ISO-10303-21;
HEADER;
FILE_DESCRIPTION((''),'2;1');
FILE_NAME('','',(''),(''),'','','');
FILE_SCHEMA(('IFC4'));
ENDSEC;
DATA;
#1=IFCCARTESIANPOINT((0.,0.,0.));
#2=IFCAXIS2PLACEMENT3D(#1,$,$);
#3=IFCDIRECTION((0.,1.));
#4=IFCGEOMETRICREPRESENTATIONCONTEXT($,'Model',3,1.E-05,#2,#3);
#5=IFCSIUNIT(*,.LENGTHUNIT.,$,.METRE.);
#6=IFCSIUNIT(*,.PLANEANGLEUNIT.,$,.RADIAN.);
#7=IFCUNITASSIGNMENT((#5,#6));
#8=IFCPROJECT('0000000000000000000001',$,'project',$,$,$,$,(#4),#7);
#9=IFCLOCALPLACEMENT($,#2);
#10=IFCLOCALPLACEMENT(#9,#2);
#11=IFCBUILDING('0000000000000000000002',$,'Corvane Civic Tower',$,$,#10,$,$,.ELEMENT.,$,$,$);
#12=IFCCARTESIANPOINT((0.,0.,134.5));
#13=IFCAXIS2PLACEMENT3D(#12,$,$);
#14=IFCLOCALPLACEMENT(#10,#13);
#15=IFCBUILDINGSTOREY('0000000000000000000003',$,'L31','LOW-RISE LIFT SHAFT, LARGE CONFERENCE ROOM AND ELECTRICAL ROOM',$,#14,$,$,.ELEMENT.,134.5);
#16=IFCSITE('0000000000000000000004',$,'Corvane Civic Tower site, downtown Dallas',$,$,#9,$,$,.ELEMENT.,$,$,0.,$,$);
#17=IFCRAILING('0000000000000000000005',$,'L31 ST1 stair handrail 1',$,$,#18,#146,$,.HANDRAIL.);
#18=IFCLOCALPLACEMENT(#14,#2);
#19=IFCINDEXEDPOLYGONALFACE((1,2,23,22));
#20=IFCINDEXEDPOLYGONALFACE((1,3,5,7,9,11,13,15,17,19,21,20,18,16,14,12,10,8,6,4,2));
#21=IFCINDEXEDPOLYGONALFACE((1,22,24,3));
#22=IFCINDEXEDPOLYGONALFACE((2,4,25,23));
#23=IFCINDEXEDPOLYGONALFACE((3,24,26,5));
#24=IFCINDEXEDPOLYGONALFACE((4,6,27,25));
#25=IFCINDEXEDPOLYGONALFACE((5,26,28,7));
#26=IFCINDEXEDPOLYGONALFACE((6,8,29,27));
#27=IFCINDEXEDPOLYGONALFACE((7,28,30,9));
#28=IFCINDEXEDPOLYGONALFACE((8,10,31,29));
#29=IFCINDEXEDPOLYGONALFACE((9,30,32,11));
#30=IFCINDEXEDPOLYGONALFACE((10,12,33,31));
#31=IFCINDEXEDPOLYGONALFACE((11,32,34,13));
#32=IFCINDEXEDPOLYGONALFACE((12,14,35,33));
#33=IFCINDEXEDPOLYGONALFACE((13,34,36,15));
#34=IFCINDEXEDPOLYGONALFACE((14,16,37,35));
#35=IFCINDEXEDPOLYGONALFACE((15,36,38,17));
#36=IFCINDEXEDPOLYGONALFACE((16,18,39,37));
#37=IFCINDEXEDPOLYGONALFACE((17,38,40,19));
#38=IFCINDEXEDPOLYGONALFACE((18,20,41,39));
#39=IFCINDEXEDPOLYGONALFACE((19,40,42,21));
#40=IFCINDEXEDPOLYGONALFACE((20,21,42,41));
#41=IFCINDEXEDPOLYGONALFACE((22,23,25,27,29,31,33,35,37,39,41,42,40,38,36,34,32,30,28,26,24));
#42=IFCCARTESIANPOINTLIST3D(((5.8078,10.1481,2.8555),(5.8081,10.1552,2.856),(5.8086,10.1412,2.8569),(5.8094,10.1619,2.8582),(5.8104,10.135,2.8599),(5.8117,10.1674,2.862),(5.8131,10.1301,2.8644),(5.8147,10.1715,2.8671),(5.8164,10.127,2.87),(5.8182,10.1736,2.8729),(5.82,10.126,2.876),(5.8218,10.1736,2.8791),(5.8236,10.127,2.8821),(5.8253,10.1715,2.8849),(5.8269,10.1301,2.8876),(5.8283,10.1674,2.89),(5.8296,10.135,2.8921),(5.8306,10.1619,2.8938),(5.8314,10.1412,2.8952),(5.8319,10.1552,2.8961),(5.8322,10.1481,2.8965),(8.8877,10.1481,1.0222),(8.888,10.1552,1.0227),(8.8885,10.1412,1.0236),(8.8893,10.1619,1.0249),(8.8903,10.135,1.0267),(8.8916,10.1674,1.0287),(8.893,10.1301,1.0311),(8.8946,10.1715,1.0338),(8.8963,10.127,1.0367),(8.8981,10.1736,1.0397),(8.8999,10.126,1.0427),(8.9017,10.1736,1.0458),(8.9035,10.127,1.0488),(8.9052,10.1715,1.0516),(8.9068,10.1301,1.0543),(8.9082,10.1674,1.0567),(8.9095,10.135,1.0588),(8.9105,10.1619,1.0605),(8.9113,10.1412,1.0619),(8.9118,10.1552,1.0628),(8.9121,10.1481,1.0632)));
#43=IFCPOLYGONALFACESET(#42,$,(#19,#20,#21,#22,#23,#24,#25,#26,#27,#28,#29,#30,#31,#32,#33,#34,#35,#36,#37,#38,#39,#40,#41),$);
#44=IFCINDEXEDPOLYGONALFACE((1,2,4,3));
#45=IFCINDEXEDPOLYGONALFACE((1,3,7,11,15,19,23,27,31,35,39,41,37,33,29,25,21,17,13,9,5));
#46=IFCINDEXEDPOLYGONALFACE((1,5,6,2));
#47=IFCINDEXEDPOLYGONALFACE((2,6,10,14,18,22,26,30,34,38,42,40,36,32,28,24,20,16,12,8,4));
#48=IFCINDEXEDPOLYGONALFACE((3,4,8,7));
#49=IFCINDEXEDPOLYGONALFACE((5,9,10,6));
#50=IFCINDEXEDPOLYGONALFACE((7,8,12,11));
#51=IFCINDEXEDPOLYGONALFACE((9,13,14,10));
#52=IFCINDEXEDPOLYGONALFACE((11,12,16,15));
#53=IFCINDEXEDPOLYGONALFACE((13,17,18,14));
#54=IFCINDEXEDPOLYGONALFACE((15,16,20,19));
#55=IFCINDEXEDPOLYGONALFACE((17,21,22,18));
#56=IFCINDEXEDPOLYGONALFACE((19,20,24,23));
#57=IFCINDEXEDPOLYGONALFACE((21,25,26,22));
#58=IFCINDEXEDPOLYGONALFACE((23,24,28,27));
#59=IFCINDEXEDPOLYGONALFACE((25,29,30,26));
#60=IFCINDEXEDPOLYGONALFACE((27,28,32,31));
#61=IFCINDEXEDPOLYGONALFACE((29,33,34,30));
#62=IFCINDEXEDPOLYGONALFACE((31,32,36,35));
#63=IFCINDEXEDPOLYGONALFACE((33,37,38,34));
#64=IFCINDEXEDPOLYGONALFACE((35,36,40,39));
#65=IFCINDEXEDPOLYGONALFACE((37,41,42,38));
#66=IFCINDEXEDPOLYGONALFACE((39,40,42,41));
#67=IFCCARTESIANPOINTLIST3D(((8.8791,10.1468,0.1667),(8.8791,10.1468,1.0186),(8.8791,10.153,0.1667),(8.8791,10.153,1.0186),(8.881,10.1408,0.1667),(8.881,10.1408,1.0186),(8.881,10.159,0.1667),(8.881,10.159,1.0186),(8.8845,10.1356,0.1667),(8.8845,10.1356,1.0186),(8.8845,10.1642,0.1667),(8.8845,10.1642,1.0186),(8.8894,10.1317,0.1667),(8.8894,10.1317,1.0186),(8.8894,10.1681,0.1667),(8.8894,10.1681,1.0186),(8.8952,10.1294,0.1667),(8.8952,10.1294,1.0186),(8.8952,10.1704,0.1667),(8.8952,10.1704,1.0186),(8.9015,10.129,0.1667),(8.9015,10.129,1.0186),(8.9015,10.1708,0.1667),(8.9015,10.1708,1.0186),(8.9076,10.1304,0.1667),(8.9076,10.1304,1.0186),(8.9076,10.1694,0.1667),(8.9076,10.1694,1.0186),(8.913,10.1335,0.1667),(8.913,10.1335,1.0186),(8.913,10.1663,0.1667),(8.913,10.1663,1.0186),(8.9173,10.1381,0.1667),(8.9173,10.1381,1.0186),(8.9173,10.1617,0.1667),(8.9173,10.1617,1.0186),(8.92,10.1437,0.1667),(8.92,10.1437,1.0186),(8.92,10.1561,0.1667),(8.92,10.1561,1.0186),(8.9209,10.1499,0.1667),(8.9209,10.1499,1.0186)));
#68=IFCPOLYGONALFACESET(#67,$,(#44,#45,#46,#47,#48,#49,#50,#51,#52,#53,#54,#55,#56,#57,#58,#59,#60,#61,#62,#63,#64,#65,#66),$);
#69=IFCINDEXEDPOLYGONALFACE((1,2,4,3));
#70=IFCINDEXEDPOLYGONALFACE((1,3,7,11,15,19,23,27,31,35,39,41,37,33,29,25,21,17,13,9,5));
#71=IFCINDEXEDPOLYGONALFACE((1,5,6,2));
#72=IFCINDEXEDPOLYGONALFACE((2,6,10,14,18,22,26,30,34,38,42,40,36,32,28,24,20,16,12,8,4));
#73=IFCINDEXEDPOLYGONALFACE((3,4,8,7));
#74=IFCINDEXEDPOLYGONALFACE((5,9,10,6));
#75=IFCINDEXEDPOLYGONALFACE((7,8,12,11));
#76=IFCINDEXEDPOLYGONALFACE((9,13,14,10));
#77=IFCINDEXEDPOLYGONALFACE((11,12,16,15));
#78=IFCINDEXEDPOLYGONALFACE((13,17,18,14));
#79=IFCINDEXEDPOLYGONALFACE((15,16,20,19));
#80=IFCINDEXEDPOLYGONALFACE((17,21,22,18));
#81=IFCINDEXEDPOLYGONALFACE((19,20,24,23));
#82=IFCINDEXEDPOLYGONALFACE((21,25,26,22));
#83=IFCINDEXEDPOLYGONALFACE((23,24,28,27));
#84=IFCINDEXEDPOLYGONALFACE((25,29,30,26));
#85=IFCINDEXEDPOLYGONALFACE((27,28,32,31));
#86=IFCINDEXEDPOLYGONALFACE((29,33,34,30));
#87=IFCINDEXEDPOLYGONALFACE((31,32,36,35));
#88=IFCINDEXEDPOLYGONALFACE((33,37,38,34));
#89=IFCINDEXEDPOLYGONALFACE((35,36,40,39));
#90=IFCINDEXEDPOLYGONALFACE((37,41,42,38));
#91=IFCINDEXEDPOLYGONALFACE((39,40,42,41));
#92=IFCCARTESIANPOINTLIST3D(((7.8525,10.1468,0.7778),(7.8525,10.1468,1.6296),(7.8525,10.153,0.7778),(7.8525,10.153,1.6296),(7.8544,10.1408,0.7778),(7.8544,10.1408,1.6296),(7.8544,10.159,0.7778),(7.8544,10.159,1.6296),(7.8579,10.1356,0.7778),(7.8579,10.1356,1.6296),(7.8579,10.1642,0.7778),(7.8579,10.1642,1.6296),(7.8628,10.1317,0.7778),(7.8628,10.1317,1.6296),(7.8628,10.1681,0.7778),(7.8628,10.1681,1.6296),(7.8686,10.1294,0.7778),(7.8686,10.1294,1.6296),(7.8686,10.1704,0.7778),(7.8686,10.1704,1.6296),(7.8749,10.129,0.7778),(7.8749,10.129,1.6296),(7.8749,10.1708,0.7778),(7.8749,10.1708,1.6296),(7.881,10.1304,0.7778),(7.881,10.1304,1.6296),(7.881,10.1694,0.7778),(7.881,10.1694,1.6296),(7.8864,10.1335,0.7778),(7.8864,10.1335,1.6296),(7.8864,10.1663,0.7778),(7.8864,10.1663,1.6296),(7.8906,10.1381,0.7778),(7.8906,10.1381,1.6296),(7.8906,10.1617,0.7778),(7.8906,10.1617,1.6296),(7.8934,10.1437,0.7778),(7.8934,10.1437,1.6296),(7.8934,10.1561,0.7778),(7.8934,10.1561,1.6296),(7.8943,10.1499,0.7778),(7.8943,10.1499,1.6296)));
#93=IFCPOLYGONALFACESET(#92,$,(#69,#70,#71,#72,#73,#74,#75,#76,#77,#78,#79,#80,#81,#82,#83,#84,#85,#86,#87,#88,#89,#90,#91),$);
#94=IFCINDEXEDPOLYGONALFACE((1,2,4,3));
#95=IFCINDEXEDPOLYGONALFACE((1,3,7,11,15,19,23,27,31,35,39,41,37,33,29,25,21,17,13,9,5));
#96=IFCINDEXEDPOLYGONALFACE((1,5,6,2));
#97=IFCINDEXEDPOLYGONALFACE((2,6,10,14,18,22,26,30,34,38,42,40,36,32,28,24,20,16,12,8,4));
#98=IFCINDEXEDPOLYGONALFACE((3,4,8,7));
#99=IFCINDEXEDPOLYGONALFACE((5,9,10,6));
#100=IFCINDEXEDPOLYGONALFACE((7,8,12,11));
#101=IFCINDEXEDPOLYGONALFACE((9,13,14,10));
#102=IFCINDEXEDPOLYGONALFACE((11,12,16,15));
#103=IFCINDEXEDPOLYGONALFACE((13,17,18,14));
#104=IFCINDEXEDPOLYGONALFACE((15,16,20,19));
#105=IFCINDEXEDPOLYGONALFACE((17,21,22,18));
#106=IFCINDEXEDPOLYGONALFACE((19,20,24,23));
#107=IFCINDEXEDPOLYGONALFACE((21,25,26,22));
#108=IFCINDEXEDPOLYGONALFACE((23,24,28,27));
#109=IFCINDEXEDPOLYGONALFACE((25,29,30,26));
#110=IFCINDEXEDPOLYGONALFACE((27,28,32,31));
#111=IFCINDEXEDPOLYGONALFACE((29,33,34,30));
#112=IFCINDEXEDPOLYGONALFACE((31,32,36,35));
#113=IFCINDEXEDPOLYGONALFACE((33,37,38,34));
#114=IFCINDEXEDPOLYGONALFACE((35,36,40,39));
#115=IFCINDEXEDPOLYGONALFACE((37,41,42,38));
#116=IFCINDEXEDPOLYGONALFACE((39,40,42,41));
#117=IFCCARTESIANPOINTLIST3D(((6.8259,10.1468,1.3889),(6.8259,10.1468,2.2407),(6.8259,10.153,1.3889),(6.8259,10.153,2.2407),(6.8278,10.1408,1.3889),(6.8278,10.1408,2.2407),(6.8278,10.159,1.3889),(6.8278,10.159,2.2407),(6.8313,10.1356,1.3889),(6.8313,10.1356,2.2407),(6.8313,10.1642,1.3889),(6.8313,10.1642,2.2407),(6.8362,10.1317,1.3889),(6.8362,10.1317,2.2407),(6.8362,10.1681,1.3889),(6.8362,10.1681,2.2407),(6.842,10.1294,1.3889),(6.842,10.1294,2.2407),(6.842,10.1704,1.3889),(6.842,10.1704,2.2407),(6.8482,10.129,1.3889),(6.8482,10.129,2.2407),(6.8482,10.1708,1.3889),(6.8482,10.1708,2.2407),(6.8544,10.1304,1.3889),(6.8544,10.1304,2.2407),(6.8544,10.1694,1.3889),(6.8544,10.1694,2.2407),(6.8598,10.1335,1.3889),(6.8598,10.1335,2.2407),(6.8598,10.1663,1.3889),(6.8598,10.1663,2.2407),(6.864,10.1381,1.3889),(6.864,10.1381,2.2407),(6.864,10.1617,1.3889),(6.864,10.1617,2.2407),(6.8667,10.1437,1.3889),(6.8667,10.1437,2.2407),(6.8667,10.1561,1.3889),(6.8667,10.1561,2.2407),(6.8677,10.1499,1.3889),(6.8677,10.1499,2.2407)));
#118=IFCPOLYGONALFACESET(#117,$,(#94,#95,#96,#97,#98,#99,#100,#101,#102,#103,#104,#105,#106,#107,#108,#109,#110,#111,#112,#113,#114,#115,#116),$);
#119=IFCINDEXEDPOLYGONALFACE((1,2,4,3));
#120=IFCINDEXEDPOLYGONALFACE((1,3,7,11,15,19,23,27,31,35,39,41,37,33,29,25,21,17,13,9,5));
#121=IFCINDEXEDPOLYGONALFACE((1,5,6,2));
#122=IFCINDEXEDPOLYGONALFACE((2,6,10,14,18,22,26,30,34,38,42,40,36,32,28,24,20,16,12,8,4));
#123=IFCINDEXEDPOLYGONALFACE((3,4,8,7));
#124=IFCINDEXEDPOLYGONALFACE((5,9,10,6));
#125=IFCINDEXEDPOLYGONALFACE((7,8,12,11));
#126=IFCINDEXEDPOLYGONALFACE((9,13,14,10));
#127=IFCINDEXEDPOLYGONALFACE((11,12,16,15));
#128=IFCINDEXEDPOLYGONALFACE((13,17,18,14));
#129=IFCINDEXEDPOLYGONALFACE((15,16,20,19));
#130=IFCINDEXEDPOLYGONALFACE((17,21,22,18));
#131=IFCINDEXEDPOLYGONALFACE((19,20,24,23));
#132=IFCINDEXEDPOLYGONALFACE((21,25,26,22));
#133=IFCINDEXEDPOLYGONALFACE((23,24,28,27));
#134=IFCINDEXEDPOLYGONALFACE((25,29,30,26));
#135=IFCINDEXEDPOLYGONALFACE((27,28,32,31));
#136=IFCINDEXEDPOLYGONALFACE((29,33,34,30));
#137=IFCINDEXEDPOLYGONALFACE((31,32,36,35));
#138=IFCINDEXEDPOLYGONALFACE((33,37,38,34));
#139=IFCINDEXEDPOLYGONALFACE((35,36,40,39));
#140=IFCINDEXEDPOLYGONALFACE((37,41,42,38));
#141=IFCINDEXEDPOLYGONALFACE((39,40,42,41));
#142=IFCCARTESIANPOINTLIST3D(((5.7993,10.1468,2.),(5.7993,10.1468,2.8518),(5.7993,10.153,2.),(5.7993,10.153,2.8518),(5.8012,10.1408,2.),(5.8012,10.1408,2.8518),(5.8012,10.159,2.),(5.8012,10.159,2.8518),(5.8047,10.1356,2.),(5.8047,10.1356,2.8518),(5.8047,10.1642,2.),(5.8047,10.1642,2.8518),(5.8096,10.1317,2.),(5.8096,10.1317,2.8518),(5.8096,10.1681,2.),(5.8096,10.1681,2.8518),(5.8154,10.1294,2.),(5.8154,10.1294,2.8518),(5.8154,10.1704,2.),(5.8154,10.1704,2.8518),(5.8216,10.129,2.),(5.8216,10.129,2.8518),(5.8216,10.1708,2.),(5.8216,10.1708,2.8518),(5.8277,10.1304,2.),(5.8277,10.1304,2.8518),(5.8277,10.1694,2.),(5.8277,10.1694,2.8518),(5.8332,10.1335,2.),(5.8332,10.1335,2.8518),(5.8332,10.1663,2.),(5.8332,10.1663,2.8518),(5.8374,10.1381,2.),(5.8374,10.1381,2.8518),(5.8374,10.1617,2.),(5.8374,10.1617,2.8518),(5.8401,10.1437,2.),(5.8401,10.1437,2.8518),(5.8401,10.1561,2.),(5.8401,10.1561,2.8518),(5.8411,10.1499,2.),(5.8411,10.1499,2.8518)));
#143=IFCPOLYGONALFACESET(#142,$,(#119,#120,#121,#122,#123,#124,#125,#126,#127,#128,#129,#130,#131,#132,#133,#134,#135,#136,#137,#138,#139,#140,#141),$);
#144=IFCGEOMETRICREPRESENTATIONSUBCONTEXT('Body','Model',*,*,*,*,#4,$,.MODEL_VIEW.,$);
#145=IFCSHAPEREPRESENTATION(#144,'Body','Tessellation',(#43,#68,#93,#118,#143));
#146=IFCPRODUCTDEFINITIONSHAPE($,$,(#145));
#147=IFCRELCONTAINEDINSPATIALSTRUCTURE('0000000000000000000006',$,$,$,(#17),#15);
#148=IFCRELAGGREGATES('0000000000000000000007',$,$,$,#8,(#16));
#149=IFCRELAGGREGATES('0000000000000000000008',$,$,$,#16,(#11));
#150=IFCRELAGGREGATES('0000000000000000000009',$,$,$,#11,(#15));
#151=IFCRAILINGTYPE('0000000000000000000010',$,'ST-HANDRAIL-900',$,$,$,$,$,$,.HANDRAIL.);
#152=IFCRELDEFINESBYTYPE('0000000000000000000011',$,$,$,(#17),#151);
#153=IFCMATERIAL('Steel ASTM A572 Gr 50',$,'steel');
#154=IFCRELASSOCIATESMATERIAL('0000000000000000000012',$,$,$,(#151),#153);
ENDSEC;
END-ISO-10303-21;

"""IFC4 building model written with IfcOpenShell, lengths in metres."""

from ifc_helpers import new_model, si_unit, direction, frame, origin, origin_2d, place, context, subcontext, project, spatial, circle, extrude, material, type_object, element, save


model = new_model("IFC4")

# Units and contexts
model_context = context("Model", 3, precision=1e-05, world=origin(), true_north=direction((0.0, 1.0)))
body_context = subcontext(model_context, "Body", "Model", "MODEL_VIEW")
ifc_project = project(units=[si_unit("LENGTHUNIT", "METRE"), si_unit("PLANEANGLEUNIT", "RADIAN")], contexts=[model_context])

# Site, building, storey
site_placement = place(None, origin())
site = spatial("IfcSite", under=ifc_project, at=site_placement, Name="Corvane Civic Tower site, downtown Dallas", CompositionType="ELEMENT", RefElevation=0.0)
building_placement = place(site_placement, origin())
building = spatial("IfcBuilding", under=site, at=building_placement, Name="Corvane Civic Tower", CompositionType="ELEMENT")
storey_placement = place(building_placement, frame((0.0, 0.0, 134.5)))
storey = spatial("IfcBuildingStorey", under=building, at=storey_placement, Name="L31", Description="LOW-RISE LIFT SHAFT, LARGE CONFERENCE ROOM AND ELECTRICAL ROOM", CompositionType="ELEMENT", Elevation=134.5)

# Railing
ifc_material_1 = material(Name="Steel ASTM A572 Gr 50", Category="steel")
railing_type_1 = type_object("IfcRailingType", Name="ST-HANDRAIL-900", PredefinedType="HANDRAIL", material=ifc_material_1)
railing_1_placement = place(storey_placement, frame((8.8999, 10.1499, 0.1667)))
element("IfcRailing", 1, at=railing_1_placement, inside=storey, type_object=railing_type_1, Name="L31 ST1 stair handrail 1", PredefinedType="HANDRAIL", context=body_context, shape_type="SweptSolid", body=[
    extrude(circle(Radius=0.0239, at=origin_2d()), frame((0.0, 0.0, 0.876), z_axis=(-0.859291, 0.0, 0.511487), x_axis=(0.0, -1.0, 0.0)), (0.0, 0.0, 1.0), 3.5842),
    extrude(circle(Radius=0.021, at=origin_2d()), origin(), (0.0, 0.0, 1.0), 0.8518),
    extrude(circle(Radius=0.021, at=origin_2d()), frame((-1.0266, 0.0, 0.6111)), (0.0, 0.0, 1.0), 0.8518),
    extrude(circle(Radius=0.021, at=origin_2d()), frame((-2.0532, 0.0, 1.2222)), (0.0, 0.0, 1.0), 0.8518),
    extrude(circle(Radius=0.021, at=origin_2d()), frame((-3.0798, 0.0, 1.8333)), (0.0, 0.0, 1.0), 0.8518),
])

save(model, "model.ifc")
